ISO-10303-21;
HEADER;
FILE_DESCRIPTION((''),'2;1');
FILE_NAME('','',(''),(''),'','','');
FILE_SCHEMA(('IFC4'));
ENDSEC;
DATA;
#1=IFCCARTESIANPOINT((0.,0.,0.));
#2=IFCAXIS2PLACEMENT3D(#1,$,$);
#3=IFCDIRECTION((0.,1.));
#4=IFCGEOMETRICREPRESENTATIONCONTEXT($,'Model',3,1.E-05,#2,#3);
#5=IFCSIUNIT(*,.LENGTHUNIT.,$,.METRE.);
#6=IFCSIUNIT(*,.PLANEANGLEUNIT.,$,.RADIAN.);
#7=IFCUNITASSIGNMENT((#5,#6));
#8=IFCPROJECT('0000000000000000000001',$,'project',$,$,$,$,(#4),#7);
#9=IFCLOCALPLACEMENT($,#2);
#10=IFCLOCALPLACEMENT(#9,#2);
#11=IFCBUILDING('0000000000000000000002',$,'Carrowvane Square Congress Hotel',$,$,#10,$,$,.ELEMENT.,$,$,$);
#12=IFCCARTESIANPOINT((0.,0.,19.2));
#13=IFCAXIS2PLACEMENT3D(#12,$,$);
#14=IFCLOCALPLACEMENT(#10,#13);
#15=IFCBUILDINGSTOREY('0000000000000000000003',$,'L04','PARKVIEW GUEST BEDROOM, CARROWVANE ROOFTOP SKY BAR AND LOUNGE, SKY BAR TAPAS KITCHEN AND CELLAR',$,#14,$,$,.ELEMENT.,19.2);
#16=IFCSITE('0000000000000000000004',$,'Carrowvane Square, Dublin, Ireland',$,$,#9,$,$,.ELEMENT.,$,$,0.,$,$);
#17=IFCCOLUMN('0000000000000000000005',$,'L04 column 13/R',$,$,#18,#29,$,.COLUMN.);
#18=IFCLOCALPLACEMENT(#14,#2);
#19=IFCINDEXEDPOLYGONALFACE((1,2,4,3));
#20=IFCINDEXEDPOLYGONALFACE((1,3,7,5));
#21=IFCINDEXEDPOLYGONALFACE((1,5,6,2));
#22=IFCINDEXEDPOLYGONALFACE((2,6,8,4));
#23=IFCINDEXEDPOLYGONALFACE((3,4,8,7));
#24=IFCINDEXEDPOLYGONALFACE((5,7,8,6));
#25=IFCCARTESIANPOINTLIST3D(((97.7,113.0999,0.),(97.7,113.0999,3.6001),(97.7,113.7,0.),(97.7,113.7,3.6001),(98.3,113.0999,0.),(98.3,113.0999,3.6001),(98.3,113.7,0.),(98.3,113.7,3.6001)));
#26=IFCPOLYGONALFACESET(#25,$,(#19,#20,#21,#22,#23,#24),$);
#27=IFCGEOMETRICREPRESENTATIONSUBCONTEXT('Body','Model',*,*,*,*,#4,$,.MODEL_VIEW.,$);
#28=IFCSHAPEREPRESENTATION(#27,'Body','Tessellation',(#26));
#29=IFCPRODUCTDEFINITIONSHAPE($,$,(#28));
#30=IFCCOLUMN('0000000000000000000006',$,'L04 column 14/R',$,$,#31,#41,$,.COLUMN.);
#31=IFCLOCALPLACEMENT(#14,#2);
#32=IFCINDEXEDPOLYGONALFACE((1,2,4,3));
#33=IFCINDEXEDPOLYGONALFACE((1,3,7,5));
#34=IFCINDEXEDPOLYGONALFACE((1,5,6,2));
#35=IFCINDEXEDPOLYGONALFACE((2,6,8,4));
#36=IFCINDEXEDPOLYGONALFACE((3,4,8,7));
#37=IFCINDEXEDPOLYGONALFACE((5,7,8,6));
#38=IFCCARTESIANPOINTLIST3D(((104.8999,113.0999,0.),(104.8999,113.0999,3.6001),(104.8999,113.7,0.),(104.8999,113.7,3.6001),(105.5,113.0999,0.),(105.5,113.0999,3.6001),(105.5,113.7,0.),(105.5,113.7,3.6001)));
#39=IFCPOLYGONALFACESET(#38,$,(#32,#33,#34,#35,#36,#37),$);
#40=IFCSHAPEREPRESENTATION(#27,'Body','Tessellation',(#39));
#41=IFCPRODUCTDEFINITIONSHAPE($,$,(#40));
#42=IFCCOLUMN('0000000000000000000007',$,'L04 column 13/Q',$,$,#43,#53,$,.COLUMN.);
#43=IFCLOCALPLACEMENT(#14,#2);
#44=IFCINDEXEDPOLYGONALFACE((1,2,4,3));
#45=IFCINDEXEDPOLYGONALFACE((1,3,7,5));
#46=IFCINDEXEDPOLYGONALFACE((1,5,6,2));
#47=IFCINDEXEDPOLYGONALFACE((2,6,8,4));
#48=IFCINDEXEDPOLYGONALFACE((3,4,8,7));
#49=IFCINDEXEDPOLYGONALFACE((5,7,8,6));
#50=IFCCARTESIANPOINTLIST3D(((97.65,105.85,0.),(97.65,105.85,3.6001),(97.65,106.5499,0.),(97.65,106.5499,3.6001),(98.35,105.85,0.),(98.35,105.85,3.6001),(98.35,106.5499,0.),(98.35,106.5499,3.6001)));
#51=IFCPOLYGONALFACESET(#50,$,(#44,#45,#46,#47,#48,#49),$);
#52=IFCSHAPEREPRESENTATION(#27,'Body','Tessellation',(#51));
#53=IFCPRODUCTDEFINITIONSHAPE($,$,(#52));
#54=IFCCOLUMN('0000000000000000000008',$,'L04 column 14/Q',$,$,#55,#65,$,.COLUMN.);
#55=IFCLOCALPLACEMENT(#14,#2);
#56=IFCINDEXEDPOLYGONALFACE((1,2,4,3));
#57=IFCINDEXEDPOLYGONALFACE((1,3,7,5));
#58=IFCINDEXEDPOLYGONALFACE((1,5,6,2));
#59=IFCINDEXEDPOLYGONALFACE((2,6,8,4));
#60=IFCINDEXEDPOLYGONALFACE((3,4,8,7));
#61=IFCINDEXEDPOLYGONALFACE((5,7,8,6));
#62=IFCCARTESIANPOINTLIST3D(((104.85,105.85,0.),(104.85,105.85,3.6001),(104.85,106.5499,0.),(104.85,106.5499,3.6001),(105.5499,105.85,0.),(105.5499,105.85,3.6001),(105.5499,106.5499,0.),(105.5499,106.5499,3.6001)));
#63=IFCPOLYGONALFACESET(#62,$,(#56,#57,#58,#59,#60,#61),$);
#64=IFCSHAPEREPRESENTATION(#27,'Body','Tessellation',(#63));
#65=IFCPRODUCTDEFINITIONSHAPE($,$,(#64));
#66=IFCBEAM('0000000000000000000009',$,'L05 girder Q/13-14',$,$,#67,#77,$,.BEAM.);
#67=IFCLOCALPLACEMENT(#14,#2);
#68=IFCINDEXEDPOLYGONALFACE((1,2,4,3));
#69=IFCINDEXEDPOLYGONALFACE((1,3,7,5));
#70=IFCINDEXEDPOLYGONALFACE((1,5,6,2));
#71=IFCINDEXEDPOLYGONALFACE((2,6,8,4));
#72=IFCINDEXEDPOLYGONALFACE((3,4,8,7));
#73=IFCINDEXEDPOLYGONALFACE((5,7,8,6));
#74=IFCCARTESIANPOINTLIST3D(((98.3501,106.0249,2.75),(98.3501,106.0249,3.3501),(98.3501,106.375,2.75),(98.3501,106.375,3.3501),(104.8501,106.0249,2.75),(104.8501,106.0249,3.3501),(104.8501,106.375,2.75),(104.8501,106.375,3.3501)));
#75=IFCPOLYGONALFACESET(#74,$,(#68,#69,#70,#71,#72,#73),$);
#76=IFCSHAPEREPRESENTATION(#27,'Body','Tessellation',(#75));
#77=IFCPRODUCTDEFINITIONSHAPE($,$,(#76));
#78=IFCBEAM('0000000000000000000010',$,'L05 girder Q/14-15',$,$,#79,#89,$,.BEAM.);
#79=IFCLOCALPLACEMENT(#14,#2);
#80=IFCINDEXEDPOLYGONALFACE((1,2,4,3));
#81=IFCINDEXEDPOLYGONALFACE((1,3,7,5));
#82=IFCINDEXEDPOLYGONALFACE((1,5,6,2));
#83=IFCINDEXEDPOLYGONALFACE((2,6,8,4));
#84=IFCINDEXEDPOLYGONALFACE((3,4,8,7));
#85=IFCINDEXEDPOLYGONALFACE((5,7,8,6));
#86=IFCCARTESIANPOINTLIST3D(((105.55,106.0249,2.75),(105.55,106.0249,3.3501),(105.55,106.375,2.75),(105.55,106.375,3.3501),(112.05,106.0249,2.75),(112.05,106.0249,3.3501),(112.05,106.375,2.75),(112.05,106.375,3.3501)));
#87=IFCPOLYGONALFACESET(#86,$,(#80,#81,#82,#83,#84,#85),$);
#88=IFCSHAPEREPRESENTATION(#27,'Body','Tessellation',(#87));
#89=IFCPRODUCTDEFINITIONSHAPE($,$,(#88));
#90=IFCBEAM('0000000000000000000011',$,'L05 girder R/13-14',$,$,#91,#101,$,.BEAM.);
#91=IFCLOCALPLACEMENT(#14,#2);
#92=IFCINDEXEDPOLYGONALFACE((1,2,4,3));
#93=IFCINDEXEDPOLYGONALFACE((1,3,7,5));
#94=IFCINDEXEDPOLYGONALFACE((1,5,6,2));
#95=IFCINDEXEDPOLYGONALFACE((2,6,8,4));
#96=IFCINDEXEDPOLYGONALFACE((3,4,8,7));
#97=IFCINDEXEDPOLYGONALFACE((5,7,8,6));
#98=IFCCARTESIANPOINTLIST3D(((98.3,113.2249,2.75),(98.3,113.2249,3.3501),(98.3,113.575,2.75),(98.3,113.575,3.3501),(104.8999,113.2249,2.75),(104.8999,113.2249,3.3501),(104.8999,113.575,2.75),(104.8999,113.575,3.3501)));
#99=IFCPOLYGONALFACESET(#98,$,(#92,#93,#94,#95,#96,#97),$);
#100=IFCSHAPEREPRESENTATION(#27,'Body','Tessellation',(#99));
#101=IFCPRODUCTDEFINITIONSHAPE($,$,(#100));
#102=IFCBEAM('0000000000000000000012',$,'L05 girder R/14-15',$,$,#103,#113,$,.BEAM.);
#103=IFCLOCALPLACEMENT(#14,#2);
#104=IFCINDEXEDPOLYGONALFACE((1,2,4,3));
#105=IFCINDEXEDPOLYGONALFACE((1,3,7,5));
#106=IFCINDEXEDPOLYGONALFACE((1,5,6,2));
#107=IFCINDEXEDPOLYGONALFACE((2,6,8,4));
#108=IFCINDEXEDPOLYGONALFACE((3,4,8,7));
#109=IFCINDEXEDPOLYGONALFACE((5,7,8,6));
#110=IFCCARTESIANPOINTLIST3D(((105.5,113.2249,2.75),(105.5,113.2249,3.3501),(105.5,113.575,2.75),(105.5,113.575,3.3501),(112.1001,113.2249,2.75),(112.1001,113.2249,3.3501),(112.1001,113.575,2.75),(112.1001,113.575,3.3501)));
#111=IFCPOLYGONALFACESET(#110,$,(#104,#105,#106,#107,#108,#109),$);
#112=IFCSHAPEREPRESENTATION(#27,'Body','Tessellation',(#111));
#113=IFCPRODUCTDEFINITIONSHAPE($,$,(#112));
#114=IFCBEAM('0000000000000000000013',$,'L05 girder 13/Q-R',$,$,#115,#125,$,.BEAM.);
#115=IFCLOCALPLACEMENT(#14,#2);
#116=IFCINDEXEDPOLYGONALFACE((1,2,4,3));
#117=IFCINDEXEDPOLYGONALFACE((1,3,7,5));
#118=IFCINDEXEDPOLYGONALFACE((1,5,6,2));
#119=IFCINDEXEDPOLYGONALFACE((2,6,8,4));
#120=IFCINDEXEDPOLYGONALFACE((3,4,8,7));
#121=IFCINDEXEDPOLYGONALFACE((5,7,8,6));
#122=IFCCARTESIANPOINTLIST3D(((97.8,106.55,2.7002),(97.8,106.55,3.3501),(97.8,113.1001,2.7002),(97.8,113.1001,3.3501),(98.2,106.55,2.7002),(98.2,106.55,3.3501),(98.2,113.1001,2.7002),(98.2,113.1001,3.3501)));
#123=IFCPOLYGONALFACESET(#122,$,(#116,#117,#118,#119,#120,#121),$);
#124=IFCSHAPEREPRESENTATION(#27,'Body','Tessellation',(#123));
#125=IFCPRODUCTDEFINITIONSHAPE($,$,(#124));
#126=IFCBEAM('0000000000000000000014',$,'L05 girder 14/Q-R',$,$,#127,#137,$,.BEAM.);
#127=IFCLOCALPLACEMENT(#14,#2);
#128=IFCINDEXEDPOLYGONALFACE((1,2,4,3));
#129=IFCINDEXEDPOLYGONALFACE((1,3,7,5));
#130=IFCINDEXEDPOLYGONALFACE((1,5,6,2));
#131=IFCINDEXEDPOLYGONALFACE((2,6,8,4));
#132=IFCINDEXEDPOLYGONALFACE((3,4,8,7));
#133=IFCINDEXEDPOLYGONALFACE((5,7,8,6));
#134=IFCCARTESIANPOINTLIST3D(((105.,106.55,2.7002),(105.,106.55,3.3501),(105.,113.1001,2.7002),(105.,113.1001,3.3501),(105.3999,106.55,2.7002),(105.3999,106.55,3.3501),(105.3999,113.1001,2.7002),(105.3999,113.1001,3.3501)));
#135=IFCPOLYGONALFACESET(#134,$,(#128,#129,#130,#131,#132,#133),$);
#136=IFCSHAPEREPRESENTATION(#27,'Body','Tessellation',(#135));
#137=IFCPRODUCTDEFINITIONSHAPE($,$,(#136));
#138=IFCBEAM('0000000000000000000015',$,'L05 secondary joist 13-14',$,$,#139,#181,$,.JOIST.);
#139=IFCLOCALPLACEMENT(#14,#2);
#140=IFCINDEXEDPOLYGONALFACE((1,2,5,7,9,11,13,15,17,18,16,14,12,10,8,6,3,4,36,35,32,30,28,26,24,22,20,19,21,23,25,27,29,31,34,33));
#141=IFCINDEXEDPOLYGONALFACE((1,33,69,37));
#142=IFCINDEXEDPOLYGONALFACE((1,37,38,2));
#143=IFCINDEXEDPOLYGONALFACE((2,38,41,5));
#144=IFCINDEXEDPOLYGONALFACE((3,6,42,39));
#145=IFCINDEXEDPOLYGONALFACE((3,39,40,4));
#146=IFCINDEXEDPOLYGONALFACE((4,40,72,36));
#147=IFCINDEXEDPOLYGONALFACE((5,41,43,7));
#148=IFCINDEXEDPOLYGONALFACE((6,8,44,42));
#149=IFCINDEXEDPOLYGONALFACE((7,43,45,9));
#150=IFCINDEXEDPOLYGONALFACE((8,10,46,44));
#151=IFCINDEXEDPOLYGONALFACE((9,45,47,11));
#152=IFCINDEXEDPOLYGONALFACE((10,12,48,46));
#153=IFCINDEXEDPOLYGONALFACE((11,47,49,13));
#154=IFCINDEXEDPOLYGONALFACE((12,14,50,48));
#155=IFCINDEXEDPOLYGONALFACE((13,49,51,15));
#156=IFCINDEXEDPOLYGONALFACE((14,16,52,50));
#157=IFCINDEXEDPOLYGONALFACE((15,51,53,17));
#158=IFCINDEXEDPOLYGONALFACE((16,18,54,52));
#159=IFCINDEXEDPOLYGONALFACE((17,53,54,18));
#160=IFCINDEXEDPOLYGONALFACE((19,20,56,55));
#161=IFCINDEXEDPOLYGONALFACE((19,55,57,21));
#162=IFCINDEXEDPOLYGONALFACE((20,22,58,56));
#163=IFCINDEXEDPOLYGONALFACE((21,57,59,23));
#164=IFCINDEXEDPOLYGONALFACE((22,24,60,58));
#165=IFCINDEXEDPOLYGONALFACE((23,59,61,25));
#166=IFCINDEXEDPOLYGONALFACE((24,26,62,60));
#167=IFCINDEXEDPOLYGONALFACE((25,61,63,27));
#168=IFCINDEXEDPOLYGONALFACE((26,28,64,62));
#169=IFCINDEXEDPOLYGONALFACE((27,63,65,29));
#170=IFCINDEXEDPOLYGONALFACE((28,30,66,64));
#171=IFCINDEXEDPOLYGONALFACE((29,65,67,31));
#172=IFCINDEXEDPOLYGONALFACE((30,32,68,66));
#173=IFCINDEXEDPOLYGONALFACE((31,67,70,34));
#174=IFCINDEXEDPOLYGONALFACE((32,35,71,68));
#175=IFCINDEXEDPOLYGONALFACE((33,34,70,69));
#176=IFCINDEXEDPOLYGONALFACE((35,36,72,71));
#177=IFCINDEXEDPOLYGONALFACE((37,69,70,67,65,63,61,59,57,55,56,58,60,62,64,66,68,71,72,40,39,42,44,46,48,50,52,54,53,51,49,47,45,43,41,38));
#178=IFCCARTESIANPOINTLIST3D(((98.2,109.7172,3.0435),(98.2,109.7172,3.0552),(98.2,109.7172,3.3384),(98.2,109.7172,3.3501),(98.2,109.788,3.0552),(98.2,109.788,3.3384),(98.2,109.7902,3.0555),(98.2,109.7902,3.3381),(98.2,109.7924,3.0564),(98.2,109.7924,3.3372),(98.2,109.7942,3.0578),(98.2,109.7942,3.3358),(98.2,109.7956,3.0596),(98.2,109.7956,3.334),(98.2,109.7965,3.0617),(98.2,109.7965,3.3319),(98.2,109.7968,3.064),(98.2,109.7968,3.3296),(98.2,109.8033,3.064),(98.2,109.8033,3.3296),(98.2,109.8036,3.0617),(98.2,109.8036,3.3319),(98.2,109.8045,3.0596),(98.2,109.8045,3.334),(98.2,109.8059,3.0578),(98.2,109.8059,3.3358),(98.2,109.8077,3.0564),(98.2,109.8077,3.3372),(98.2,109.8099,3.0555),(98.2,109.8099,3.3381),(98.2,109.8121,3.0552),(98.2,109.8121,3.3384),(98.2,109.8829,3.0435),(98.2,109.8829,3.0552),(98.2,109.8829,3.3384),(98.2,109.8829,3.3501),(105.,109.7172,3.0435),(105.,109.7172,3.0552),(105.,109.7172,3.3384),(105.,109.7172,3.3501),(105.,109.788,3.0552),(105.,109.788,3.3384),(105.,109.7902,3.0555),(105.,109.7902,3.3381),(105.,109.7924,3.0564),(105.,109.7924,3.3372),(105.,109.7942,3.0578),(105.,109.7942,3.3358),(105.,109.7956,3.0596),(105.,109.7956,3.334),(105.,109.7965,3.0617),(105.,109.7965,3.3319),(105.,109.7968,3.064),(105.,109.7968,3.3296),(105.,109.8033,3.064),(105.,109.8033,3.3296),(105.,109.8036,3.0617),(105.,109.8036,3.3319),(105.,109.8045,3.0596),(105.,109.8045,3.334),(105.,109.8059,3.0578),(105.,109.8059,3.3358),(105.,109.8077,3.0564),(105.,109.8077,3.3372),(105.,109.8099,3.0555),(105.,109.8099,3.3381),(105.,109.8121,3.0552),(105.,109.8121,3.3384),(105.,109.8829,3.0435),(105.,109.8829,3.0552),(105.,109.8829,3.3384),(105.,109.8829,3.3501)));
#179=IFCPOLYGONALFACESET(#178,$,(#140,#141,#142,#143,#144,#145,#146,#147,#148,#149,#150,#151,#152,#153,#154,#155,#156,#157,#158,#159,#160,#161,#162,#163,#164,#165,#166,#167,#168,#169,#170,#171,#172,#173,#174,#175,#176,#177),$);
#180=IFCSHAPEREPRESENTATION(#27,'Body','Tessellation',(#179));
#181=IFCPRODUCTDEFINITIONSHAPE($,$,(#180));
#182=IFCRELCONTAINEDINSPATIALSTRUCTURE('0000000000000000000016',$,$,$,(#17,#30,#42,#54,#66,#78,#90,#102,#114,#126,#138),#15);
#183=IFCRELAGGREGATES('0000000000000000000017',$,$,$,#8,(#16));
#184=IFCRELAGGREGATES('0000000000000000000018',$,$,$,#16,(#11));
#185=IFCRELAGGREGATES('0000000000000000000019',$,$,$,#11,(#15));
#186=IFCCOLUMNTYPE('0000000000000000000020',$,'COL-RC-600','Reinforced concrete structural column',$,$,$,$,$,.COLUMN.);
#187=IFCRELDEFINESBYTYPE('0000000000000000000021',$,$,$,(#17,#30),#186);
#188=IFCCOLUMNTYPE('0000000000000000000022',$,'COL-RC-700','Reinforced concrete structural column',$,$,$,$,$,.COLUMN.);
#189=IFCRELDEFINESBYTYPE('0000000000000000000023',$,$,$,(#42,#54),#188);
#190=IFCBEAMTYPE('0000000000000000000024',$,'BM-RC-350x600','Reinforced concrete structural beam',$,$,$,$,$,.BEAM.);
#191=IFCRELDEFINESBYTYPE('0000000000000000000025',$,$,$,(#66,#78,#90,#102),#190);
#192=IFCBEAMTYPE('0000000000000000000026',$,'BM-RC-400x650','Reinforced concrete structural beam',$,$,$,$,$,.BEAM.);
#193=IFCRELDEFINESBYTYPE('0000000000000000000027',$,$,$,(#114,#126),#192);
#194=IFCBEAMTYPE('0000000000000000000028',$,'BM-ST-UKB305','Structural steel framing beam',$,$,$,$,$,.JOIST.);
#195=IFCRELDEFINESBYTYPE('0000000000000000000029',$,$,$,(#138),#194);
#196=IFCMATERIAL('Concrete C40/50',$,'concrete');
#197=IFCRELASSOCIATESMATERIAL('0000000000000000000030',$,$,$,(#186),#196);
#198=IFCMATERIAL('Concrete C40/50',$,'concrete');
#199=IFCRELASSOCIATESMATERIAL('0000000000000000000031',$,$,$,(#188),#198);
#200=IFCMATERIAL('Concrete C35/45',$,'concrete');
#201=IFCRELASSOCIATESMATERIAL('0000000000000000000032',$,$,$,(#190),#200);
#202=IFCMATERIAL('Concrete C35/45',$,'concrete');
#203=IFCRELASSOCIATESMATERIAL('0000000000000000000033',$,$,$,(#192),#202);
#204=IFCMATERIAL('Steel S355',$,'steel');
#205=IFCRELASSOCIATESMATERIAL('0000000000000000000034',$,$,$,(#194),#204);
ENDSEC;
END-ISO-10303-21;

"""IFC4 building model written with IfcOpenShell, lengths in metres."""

from ifc_helpers import new_model, si_unit, direction, frame, origin, origin_2d, place, context, subcontext, project, spatial, rectangle, i_section, extrude, material, material_profile, profile_set, type_object, element, save


model = new_model("IFC4")

# Units and contexts
model_context = context("Model", 3, precision=1e-05, world=origin(), true_north=direction((0.0, 1.0)))
body_context = subcontext(model_context, "Body", "Model", "MODEL_VIEW")
ifc_project = project(units=[si_unit("LENGTHUNIT", "METRE"), si_unit("PLANEANGLEUNIT", "RADIAN")], contexts=[model_context])

# Site, building, storey
site_placement = place(None, origin())
site = spatial("IfcSite", under=ifc_project, at=site_placement, Name="Carrowvane Square, Dublin, Ireland", CompositionType="ELEMENT", RefElevation=0.0)
building_placement = place(site_placement, origin())
building = spatial("IfcBuilding", under=site, at=building_placement, Name="Carrowvane Square Congress Hotel", CompositionType="ELEMENT")
storey_placement = place(building_placement, frame((0.0, 0.0, 19.2)))
storey = spatial("IfcBuildingStorey", under=building, at=storey_placement, Name="L04", Description="PARKVIEW GUEST BEDROOM, CARROWVANE ROOFTOP SKY BAR AND LOUNGE, SKY BAR TAPAS KITCHEN AND CELLAR", CompositionType="ELEMENT", Elevation=19.2)

# Columns
ifc_material_1 = material(Name="Concrete C40/50", Category="concrete")
ifc_material_profile_1 = material_profile(ifc_material_1, rectangle(XDim=0.6001, YDim=0.6001, at=origin_2d()), Name="RC 600x600")
ifc_profile_set_1 = profile_set([ifc_material_profile_1], Name="Concrete C40/50")
column_type_1 = type_object("IfcColumnType", Name="COL-RC-600", Description="Reinforced concrete structural column", PredefinedType="COLUMN", material=ifc_profile_set_1)
for number, where, z_axis, x_axis, name in (
    (1, (98.0, 113.3999, 0.0), (0.0, 0.0, 1.0), (1.0, 0.0, 0.0), "L04 column 13/R"),
    (2, (105.2, 113.3999, 0.0), (0.0, 0.0, 1.0), (1.0, 0.0, 0.0), "L04 column 14/R"),
):
    element("IfcColumn", number, at=place(storey_placement, frame(where, z_axis=z_axis, x_axis=x_axis)), inside=storey, type_object=column_type_1, Name=name, PredefinedType="COLUMN", context=body_context, shape_type="SweptSolid", body=[
        extrude(rectangle(XDim=0.6001, YDim=0.6001, at=origin_2d()), origin(), (0.0, 0.0, 1.0), 3.6001),
    ])
ifc_material_2 = material(Name="Concrete C40/50", Category="concrete")
ifc_material_profile_2 = material_profile(ifc_material_2, rectangle(XDim=0.7, YDim=0.7, at=origin_2d()), Name="RC 700x700")
ifc_profile_set_2 = profile_set([ifc_material_profile_2], Name="Concrete C40/50")
column_type_2 = type_object("IfcColumnType", Name="COL-RC-700", Description="Reinforced concrete structural column", PredefinedType="COLUMN", material=ifc_profile_set_2)
for number, where, z_axis, x_axis, name in (
    (3, (98.0, 106.2, 0.0), (0.0, 0.0, 1.0), (1.0, 0.0, 0.0), "L04 column 13/Q"),
    (4, (105.2, 106.2, 0.0), (0.0, 0.0, 1.0), (1.0, 0.0, 0.0), "L04 column 14/Q"),
):
    element("IfcColumn", number, at=place(storey_placement, frame(where, z_axis=z_axis, x_axis=x_axis)), inside=storey, type_object=column_type_2, Name=name, PredefinedType="COLUMN", context=body_context, shape_type="SweptSolid", body=[
        extrude(rectangle(XDim=0.7, YDim=0.7, at=origin_2d()), origin(), (0.0, 0.0, 1.0), 3.6001),
    ])

# Beams
ifc_material_3 = material(Name="Concrete C35/45", Category="concrete")
ifc_material_profile_3 = material_profile(ifc_material_3, rectangle(XDim=0.3501, YDim=0.6001, at=origin_2d()), Name="RC 350x600")
ifc_profile_set_3 = profile_set([ifc_material_profile_3], Name="Concrete C35/45")
beam_type_1 = type_object("IfcBeamType", Name="BM-RC-350x600", Description="Reinforced concrete structural beam", PredefinedType="BEAM", material=ifc_profile_set_3)
for number, where, z_axis, x_axis, name in (
    (5, (98.3501, 106.2, 3.05), (1.0, 0.0, 0.0), (0.0, 1.0, 0.0), "L05 girder Q/13-14"),
    (6, (105.55, 106.2, 3.05), (1.0, 0.0, 0.0), (0.0, 1.0, 0.0), "L05 girder Q/14-15"),
):
    element("IfcBeam", number, at=place(storey_placement, frame(where, z_axis=z_axis, x_axis=x_axis)), inside=storey, type_object=beam_type_1, Name=name, PredefinedType="BEAM", context=body_context, shape_type="SweptSolid", body=[
        extrude(rectangle(XDim=0.3501, YDim=0.6001, at=origin_2d()), origin(), (0.0, 0.0, 1.0), 6.5),
    ])
beam_1_placement = place(storey_placement, frame((98.3, 113.3999, 3.05), z_axis=(1.0, 0.0, 0.0), x_axis=(0.0, 1.0, 0.0)))
element("IfcBeam", 7, at=beam_1_placement, inside=storey, type_object=beam_type_1, Name="L05 girder R/13-14", PredefinedType="BEAM", context=body_context, shape_type="SweptSolid", body=[
    extrude(rectangle(XDim=0.3501, YDim=0.6001, at=origin_2d()), origin(), (0.0, 0.0, 1.0), 6.5999),
])
beam_2_placement = place(storey_placement, frame((105.5, 113.3999, 3.05), z_axis=(1.0, 0.0, 0.0), x_axis=(0.0, 1.0, 0.0)))
element("IfcBeam", 8, at=beam_2_placement, inside=storey, type_object=beam_type_1, Name="L05 girder R/14-15", PredefinedType="BEAM", context=body_context, shape_type="SweptSolid", body=[
    extrude(rectangle(XDim=0.3501, YDim=0.6001, at=origin_2d()), origin(), (0.0, 0.0, 1.0), 6.6001),
])
ifc_material_4 = material(Name="Concrete C35/45", Category="concrete")
ifc_material_profile_4 = material_profile(ifc_material_4, rectangle(XDim=0.3999, YDim=0.6499, at=origin_2d()), Name="RC 400x650")
ifc_profile_set_4 = profile_set([ifc_material_profile_4], Name="Concrete C35/45")
beam_type_2 = type_object("IfcBeamType", Name="BM-RC-400x650", Description="Reinforced concrete structural beam", PredefinedType="BEAM", material=ifc_profile_set_4)
for number, where, z_axis, x_axis, name in (
    (9, (98.0, 106.55, 3.0251), (0.0, 1.0, 0.0), (-1.0, 0.0, 0.0), "L05 girder 13/Q-R"),
    (10, (105.2, 106.55, 3.0251), (0.0, 1.0, 0.0), (-1.0, 0.0, 0.0), "L05 girder 14/Q-R"),
):
    element("IfcBeam", number, at=place(storey_placement, frame(where, z_axis=z_axis, x_axis=x_axis)), inside=storey, type_object=beam_type_2, Name=name, PredefinedType="BEAM", context=body_context, shape_type="SweptSolid", body=[
        extrude(rectangle(XDim=0.3999, YDim=0.6499, at=origin_2d()), origin(), (0.0, 0.0, 1.0), 6.55),
    ])
ifc_material_5 = material(Name="Steel S355", Category="steel")
ifc_material_profile_5 = material_profile(ifc_material_5, i_section(OverallWidth=0.1658, OverallDepth=0.3066, WebThickness=0.0066, FlangeThickness=0.0117, FilletRadius=0.0088, at=origin_2d()), Name="UKB 305x165x46")
ifc_profile_set_5 = profile_set([ifc_material_profile_5], Name="Steel S355")
beam_type_3 = type_object("IfcBeamType", Name="BM-ST-UKB305", Description="Structural steel framing beam", PredefinedType="JOIST", material=ifc_profile_set_5)
for number, where, z_axis, x_axis, name in (
    (11, (98.2, 109.8, 3.1968), (1.0, 0.0, 0.0), (0.0, 1.0, 0.0), "L05 secondary joist 13-14"),
):
    element("IfcBeam", number, at=place(storey_placement, frame(where, z_axis=z_axis, x_axis=x_axis)), inside=storey, type_object=beam_type_3, Name=name, PredefinedType="JOIST", context=body_context, shape_type="SweptSolid", body=[
        extrude(i_section(OverallWidth=0.1658, OverallDepth=0.3066, WebThickness=0.0066, FlangeThickness=0.0117, FilletRadius=0.0088, at=origin_2d()), origin(), (0.0, 0.0, 1.0), 6.8),
    ])

save(model, "model.ifc")
